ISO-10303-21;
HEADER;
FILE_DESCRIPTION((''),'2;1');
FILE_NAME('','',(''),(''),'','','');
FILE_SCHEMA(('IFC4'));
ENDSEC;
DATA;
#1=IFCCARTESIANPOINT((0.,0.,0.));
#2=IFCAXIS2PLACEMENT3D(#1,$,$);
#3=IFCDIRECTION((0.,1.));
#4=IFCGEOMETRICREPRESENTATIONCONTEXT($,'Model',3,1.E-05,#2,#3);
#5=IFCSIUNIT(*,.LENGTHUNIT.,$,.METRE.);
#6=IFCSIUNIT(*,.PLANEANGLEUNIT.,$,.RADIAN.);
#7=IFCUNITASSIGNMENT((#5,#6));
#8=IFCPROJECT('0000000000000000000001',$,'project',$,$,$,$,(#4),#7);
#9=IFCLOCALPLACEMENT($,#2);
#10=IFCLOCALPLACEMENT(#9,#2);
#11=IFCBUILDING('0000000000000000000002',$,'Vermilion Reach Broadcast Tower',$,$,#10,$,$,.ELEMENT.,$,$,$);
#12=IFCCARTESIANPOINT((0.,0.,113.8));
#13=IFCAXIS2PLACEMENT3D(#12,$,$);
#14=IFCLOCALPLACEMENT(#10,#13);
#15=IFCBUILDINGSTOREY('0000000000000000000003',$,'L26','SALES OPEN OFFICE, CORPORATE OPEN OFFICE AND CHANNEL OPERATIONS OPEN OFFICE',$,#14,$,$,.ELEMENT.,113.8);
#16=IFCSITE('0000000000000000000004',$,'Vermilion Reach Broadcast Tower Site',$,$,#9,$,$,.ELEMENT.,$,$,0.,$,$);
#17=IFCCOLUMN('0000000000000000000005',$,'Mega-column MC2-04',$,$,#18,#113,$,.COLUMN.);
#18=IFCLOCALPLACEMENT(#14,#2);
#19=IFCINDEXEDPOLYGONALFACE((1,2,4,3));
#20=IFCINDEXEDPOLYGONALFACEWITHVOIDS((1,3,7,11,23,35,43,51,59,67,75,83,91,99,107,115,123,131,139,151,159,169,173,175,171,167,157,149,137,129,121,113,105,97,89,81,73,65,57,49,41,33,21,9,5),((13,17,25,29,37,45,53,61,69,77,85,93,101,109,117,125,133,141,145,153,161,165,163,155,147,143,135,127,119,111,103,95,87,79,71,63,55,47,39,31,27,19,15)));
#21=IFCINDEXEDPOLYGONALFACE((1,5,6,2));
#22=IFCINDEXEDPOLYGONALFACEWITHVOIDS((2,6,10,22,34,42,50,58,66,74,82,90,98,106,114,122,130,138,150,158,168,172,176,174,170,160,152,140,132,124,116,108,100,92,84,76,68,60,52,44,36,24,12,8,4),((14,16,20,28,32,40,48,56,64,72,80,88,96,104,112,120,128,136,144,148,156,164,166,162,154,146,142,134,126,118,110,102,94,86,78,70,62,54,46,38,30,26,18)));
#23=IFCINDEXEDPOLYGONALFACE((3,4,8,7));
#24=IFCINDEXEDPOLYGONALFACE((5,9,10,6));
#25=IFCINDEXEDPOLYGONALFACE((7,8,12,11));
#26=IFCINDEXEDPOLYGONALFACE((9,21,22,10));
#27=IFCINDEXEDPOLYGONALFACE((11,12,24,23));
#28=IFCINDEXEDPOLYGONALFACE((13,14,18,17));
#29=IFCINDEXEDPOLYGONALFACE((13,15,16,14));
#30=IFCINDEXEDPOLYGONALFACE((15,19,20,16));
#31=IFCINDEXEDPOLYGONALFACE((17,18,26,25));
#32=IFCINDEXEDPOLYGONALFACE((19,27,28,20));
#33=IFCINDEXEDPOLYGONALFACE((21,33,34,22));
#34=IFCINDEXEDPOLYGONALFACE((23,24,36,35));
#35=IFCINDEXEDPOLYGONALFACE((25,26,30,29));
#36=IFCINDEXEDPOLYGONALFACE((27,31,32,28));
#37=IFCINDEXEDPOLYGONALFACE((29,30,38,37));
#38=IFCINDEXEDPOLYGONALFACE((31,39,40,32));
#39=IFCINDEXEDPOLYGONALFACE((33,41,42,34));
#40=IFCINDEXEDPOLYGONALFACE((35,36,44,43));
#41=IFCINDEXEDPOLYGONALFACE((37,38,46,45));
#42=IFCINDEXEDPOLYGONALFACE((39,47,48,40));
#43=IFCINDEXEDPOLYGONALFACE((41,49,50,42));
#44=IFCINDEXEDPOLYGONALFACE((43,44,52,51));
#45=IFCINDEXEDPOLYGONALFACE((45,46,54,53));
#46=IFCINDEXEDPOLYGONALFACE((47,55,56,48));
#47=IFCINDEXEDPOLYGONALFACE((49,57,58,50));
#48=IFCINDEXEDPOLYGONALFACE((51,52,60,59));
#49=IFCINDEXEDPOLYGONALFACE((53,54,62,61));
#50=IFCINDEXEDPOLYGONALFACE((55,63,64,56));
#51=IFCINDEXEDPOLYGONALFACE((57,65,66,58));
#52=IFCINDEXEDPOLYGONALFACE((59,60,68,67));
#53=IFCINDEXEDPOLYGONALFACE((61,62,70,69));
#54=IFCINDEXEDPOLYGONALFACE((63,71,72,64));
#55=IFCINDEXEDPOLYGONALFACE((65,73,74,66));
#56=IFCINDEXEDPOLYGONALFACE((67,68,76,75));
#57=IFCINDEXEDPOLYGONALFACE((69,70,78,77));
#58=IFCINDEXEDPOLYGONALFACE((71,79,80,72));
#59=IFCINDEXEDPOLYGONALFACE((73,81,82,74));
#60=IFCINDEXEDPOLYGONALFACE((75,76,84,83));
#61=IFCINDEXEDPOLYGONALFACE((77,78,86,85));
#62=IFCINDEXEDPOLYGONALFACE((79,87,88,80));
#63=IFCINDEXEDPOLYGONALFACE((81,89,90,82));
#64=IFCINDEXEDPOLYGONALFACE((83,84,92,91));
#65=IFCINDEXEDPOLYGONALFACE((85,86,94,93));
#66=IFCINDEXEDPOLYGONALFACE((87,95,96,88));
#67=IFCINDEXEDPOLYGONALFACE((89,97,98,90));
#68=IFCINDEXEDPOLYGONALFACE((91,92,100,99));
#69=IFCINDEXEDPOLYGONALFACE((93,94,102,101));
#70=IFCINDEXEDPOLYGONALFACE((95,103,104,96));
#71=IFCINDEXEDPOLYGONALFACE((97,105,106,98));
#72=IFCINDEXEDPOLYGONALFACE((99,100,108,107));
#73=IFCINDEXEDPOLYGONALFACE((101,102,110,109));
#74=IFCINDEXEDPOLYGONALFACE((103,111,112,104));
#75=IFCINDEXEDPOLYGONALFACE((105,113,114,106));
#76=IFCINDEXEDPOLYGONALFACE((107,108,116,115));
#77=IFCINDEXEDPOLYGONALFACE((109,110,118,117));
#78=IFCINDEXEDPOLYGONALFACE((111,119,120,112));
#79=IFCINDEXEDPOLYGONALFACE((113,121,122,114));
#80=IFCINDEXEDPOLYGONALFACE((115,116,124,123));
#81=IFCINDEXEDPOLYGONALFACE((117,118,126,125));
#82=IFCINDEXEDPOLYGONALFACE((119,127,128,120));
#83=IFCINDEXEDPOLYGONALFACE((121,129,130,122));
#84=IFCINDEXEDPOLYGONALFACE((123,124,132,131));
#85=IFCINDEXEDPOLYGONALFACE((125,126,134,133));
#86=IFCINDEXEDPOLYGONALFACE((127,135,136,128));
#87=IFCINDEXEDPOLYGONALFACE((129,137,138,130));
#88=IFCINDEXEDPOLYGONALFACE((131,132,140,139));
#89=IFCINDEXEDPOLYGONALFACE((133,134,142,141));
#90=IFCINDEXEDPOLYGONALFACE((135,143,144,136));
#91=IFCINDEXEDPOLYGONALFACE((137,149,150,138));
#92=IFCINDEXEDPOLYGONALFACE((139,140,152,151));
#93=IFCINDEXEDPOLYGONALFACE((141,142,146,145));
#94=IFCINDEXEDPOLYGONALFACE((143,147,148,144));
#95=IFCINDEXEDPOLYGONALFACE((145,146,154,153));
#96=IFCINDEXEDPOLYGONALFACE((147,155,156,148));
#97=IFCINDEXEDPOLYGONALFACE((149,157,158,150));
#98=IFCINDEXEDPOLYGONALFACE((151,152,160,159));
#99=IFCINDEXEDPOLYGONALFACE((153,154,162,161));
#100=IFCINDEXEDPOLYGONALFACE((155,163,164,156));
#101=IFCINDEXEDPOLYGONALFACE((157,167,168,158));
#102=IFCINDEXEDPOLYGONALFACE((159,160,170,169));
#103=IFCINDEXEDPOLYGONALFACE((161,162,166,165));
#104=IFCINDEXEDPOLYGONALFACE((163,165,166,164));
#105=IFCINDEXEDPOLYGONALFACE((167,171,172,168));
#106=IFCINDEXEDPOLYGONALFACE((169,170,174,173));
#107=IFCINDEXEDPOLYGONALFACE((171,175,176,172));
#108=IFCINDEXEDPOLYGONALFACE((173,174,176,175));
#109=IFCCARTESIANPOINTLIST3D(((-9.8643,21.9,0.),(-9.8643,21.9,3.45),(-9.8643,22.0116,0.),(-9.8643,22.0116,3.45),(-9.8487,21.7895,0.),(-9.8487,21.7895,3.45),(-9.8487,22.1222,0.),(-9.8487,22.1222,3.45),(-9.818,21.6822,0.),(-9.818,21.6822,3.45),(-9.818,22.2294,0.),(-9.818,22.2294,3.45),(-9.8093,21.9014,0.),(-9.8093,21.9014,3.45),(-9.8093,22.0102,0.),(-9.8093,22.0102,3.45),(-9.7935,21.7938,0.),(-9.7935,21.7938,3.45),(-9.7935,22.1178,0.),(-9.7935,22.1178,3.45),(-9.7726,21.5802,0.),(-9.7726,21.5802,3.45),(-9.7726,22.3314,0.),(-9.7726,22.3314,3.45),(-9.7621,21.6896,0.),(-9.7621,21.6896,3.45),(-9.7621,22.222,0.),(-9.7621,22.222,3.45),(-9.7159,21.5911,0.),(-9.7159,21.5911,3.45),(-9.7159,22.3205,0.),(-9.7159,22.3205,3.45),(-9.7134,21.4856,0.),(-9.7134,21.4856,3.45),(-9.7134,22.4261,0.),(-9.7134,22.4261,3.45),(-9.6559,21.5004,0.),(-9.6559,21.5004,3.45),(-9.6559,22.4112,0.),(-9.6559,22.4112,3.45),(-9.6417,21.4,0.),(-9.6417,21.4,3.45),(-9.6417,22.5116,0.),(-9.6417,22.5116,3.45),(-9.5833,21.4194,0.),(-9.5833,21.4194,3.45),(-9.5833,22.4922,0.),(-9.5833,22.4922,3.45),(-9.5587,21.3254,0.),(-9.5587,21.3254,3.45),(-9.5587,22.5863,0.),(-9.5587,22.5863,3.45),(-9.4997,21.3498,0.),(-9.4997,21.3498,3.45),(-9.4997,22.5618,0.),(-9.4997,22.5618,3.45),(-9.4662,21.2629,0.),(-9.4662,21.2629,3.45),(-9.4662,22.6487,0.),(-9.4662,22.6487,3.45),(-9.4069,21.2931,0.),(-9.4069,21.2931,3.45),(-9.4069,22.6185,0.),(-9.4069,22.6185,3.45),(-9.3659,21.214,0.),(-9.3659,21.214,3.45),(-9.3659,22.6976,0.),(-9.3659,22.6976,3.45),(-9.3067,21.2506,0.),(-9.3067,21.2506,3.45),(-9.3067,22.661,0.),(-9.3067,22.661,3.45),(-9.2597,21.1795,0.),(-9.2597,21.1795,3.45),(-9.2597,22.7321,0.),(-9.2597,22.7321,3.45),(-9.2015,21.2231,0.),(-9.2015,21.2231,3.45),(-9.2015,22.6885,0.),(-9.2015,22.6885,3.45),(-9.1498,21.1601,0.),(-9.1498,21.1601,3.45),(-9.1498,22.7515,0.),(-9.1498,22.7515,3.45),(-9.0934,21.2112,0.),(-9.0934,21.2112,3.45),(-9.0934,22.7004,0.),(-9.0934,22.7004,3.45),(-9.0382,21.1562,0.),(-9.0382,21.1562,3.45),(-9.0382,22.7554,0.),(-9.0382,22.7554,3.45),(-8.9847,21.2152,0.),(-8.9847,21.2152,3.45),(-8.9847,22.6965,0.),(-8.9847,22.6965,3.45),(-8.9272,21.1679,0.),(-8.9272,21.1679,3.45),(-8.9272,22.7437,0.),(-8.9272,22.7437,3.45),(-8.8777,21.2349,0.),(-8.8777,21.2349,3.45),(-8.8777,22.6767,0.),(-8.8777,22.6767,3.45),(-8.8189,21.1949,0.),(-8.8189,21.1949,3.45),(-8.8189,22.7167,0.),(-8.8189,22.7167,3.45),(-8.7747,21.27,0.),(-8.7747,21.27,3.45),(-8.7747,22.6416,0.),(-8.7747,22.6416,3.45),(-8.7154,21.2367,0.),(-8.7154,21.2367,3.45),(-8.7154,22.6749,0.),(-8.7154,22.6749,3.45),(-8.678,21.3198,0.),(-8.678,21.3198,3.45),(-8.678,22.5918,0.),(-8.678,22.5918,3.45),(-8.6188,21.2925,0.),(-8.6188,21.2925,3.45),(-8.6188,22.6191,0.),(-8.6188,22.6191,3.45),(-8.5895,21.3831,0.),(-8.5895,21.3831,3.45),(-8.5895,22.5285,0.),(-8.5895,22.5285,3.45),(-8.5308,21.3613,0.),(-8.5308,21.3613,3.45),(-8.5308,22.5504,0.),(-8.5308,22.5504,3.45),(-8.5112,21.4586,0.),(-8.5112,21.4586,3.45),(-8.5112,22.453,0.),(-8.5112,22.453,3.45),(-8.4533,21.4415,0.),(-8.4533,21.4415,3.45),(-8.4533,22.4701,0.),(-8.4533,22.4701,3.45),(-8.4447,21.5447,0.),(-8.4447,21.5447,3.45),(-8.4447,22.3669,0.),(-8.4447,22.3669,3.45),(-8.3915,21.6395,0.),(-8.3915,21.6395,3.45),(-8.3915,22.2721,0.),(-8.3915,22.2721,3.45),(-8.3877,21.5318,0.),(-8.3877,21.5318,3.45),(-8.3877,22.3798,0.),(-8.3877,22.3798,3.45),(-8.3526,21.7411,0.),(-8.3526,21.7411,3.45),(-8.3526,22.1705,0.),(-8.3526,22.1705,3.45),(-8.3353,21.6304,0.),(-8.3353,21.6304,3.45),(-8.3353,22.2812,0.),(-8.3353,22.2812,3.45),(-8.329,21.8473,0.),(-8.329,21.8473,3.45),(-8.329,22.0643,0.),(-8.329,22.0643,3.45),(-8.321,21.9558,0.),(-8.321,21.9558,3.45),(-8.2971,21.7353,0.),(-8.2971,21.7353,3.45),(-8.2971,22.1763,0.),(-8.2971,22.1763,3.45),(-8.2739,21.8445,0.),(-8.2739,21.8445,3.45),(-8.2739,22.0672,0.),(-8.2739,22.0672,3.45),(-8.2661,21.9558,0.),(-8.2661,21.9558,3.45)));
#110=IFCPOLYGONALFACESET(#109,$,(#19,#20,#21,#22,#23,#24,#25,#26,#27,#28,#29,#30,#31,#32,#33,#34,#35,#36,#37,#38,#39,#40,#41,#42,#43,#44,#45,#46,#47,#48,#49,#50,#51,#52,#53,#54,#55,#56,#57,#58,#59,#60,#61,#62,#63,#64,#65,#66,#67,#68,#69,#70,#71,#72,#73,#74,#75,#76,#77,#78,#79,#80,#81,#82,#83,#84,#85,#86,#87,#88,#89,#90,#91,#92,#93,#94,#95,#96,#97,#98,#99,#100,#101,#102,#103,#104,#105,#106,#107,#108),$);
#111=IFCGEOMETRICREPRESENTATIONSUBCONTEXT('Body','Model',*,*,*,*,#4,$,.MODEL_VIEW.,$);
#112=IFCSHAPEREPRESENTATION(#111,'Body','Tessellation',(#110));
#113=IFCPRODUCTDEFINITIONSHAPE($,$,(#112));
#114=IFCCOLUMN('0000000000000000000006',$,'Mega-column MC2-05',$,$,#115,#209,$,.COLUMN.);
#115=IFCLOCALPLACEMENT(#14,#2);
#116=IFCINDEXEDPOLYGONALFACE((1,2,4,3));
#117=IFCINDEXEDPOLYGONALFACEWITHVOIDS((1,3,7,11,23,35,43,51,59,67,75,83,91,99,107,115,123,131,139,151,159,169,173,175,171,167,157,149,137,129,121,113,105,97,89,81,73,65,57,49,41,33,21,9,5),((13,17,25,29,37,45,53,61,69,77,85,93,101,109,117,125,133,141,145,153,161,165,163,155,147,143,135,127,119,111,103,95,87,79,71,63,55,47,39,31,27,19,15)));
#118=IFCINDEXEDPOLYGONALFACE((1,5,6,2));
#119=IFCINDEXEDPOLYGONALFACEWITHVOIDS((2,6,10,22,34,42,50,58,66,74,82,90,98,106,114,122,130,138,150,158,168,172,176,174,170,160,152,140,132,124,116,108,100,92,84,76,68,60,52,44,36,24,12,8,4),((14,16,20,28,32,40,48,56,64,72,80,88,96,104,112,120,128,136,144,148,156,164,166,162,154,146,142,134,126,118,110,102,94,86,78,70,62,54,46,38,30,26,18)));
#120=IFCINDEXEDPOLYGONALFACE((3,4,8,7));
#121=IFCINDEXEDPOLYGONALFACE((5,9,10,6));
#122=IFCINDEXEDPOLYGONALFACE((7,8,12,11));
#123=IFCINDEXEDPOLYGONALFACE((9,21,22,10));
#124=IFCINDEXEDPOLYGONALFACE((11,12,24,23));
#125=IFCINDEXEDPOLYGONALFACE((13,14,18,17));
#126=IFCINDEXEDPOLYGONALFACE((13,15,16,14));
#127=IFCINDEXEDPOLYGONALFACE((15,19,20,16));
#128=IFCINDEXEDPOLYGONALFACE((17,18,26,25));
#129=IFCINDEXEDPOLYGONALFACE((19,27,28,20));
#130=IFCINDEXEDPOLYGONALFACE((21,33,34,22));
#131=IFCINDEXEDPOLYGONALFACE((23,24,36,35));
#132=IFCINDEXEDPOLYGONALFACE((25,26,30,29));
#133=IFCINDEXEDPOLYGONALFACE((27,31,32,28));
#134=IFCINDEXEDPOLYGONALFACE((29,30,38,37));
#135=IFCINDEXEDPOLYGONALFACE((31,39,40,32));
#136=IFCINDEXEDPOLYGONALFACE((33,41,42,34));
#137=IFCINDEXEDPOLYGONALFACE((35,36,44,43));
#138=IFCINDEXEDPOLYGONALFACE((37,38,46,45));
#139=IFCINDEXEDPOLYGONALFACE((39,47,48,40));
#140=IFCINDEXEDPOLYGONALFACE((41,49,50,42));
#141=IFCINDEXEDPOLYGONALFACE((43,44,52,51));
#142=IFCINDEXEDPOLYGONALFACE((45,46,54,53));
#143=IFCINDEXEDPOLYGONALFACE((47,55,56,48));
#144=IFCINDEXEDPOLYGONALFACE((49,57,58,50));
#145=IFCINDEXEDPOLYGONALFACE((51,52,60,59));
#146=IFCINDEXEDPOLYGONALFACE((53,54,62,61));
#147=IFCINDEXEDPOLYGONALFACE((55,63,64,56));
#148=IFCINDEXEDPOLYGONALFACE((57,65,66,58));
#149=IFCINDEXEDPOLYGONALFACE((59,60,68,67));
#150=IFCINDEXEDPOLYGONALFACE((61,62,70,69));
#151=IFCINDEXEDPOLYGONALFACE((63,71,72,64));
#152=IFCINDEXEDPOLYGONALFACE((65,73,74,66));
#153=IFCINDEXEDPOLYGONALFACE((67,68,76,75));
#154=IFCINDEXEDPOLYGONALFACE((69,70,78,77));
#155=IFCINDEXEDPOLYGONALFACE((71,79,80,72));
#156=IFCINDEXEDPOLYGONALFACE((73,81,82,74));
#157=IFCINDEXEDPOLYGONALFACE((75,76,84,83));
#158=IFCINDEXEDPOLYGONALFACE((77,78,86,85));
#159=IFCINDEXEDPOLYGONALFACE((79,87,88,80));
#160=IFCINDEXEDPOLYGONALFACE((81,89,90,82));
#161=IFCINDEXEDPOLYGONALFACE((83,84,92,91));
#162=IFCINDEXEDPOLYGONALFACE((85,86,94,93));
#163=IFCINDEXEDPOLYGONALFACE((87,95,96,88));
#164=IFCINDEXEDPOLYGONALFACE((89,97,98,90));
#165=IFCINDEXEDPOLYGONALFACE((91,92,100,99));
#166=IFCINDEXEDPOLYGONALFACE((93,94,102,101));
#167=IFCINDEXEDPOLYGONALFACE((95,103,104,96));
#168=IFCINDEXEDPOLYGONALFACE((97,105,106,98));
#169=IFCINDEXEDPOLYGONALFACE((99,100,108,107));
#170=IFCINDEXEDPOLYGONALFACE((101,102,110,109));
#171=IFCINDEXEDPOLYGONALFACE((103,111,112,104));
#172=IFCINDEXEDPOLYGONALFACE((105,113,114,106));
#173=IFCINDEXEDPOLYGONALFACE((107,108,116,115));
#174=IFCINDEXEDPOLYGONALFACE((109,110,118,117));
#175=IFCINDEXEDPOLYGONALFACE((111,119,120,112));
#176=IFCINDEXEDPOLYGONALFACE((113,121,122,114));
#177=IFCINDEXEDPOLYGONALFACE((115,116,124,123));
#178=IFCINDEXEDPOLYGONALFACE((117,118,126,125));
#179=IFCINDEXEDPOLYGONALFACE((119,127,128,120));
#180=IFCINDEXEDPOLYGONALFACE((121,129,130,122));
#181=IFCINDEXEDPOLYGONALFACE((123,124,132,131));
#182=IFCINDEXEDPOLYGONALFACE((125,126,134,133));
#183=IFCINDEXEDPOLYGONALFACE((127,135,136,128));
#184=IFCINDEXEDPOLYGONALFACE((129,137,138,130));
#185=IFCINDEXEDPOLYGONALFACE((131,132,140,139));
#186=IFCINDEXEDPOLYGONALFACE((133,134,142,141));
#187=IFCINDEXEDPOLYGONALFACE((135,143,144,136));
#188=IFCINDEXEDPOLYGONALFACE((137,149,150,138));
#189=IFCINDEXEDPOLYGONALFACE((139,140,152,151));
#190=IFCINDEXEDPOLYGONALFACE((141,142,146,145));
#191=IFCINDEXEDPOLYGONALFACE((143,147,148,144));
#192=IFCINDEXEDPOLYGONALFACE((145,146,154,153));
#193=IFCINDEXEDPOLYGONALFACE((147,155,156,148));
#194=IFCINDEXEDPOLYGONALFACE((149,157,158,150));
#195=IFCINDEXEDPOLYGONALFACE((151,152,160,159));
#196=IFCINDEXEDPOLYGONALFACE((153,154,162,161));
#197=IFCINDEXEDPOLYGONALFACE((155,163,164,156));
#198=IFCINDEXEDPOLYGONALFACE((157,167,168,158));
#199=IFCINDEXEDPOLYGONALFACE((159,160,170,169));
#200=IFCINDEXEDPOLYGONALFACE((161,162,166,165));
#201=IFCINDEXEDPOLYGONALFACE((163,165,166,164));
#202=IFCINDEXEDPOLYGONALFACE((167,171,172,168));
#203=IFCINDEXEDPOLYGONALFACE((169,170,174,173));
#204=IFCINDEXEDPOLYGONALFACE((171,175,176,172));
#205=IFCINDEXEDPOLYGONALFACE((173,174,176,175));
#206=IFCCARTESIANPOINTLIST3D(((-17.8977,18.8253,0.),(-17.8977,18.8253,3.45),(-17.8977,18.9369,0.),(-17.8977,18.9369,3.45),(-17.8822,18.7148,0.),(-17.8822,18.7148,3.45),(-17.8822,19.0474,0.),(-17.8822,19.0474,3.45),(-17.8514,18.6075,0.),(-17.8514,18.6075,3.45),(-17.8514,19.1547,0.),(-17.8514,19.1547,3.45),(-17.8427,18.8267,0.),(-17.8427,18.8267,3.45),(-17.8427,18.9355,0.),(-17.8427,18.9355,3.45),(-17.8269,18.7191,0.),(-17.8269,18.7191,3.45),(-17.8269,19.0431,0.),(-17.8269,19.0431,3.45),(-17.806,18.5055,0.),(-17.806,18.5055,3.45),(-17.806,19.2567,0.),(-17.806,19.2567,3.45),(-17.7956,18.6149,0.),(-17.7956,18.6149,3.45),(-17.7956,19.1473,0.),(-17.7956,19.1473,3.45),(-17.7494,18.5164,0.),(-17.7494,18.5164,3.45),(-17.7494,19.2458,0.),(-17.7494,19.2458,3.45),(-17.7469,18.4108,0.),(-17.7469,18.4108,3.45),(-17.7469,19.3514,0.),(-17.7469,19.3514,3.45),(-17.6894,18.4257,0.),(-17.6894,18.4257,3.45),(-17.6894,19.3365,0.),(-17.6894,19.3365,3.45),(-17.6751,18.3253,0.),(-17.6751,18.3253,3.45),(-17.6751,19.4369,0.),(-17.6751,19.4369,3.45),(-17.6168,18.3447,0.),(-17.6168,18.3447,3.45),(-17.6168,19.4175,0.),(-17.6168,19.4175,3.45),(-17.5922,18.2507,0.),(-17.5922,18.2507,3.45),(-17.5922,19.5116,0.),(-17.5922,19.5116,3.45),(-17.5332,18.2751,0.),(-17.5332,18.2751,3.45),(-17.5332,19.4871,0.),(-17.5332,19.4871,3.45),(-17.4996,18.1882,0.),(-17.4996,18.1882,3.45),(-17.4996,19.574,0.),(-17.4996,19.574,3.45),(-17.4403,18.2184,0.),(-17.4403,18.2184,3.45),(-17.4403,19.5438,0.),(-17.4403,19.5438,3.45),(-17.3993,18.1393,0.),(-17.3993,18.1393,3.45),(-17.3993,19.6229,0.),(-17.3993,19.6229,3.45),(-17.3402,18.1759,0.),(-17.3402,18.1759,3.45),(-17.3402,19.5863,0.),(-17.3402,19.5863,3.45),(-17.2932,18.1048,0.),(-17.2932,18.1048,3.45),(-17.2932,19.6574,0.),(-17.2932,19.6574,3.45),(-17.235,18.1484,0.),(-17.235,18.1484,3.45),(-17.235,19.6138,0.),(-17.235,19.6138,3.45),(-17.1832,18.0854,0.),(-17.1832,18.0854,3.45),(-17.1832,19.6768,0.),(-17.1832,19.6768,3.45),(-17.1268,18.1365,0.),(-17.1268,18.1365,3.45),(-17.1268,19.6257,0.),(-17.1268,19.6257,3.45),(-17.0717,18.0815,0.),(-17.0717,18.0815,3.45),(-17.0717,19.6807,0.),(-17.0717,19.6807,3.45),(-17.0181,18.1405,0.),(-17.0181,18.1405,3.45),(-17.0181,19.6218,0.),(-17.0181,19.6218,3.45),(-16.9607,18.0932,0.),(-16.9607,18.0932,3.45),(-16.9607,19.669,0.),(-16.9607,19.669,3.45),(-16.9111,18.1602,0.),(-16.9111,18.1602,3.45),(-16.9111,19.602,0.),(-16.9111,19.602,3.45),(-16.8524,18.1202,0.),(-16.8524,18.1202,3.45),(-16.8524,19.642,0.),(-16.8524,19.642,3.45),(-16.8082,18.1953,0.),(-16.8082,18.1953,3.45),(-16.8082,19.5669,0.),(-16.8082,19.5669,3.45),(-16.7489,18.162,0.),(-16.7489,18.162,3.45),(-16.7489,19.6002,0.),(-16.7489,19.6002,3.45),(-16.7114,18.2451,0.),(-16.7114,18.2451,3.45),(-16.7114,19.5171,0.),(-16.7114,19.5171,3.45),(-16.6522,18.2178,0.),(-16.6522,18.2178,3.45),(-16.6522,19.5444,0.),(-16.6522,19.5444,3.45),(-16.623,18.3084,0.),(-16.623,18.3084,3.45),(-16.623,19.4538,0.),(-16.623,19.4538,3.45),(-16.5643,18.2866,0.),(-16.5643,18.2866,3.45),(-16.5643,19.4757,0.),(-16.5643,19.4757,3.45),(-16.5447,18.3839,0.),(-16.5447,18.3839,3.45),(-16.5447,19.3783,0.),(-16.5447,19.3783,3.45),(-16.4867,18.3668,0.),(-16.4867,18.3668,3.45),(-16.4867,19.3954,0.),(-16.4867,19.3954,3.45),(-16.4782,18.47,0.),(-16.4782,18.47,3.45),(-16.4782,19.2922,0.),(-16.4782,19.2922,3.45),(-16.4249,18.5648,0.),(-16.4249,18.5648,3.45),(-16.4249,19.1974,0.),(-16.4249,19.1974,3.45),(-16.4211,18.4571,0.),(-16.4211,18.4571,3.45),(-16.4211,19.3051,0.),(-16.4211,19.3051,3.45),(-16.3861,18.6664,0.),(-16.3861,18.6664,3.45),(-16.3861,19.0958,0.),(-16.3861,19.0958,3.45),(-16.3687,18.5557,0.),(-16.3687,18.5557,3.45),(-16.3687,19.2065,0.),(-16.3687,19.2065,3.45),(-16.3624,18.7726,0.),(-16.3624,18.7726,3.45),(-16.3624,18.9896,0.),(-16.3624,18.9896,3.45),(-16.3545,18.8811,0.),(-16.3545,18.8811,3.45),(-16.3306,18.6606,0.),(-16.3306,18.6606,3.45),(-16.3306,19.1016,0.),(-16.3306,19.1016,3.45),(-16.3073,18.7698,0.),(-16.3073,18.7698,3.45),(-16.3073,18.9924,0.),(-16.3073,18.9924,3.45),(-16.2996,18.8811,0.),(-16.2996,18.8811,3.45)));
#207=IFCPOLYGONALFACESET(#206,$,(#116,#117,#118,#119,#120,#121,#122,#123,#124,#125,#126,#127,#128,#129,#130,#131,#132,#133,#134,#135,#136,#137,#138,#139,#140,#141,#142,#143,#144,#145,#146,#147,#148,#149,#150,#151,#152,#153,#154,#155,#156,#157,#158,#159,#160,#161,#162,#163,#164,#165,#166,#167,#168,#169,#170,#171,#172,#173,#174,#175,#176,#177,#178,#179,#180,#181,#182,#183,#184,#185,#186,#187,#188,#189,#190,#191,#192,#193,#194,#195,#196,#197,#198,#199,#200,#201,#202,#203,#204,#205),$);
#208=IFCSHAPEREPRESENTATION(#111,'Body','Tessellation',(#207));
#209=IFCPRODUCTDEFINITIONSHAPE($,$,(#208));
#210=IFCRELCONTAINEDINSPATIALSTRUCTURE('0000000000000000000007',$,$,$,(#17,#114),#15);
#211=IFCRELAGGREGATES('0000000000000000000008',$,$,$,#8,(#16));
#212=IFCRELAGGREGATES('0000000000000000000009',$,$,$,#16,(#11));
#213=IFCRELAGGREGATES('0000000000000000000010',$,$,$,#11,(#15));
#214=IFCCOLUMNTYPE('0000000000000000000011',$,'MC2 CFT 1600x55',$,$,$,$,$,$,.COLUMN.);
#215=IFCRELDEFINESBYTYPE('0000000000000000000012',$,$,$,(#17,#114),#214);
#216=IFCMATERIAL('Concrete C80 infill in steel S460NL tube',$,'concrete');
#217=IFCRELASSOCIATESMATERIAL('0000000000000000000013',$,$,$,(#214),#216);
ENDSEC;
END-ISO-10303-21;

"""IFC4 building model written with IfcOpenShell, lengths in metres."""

from ifc_helpers import new_model, si_unit, direction, frame, origin, origin_2d, place, context, subcontext, project, spatial, hollow_circle, extrude, material, material_profile, profile_set, type_object, element, save


model = new_model("IFC4")

# Units and contexts
model_context = context("Model", 3, precision=1e-05, world=origin(), true_north=direction((0.0, 1.0)))
body_context = subcontext(model_context, "Body", "Model", "MODEL_VIEW")
ifc_project = project(units=[si_unit("LENGTHUNIT", "METRE"), si_unit("PLANEANGLEUNIT", "RADIAN")], contexts=[model_context])

# Site, building, storey
site_placement = place(None, origin())
site = spatial("IfcSite", under=ifc_project, at=site_placement, Name="Vermilion Reach Broadcast Tower Site", CompositionType="ELEMENT", RefElevation=0.0)
building_placement = place(site_placement, origin())
building = spatial("IfcBuilding", under=site, at=building_placement, Name="Vermilion Reach Broadcast Tower", CompositionType="ELEMENT")
storey_placement = place(building_placement, frame((0.0, 0.0, 113.8)))
storey = spatial("IfcBuildingStorey", under=building, at=storey_placement, Name="L26", Description="SALES OPEN OFFICE, CORPORATE OPEN OFFICE AND CHANNEL OPERATIONS OPEN OFFICE", CompositionType="ELEMENT", Elevation=113.8)

# Columns
ifc_material_1 = material(Name="Concrete C80 infill in steel S460NL tube", Category="concrete")
ifc_material_profile_1 = material_profile(ifc_material_1, hollow_circle(Radius=0.8, WallThickness=0.0549, at=origin_2d()), Name="Concrete C80 infill in steel S460NL tube CFT 1600x55")
ifc_profile_set_1 = profile_set([ifc_material_profile_1], Name="Concrete C80 infill in steel S460NL tube")
column_type = type_object("IfcColumnType", Name="MC2 CFT 1600x55", PredefinedType="COLUMN", material=ifc_profile_set_1)
for number, where, z_axis, x_axis, name in (
    (1, (-9.0662, 21.9558, 0.0), (0.0, 0.0, 1.0), (1.0, 0.0, 0.0), "Mega-column MC2-04"),
    (2, (-17.0996, 18.8811, 0.0), (0.0, 0.0, 1.0), (1.0, 0.0, 0.0), "Mega-column MC2-05"),
):
    element("IfcColumn", number, at=place(storey_placement, frame(where, z_axis=z_axis, x_axis=x_axis)), inside=storey, type_object=column_type, Name=name, PredefinedType="COLUMN", context=body_context, shape_type="SweptSolid", body=[
        extrude(hollow_circle(Radius=0.8, WallThickness=0.0549, at=origin_2d()), origin(), (0.0, 0.0, 1.0), 3.45),
    ])

save(model, "model.ifc")
